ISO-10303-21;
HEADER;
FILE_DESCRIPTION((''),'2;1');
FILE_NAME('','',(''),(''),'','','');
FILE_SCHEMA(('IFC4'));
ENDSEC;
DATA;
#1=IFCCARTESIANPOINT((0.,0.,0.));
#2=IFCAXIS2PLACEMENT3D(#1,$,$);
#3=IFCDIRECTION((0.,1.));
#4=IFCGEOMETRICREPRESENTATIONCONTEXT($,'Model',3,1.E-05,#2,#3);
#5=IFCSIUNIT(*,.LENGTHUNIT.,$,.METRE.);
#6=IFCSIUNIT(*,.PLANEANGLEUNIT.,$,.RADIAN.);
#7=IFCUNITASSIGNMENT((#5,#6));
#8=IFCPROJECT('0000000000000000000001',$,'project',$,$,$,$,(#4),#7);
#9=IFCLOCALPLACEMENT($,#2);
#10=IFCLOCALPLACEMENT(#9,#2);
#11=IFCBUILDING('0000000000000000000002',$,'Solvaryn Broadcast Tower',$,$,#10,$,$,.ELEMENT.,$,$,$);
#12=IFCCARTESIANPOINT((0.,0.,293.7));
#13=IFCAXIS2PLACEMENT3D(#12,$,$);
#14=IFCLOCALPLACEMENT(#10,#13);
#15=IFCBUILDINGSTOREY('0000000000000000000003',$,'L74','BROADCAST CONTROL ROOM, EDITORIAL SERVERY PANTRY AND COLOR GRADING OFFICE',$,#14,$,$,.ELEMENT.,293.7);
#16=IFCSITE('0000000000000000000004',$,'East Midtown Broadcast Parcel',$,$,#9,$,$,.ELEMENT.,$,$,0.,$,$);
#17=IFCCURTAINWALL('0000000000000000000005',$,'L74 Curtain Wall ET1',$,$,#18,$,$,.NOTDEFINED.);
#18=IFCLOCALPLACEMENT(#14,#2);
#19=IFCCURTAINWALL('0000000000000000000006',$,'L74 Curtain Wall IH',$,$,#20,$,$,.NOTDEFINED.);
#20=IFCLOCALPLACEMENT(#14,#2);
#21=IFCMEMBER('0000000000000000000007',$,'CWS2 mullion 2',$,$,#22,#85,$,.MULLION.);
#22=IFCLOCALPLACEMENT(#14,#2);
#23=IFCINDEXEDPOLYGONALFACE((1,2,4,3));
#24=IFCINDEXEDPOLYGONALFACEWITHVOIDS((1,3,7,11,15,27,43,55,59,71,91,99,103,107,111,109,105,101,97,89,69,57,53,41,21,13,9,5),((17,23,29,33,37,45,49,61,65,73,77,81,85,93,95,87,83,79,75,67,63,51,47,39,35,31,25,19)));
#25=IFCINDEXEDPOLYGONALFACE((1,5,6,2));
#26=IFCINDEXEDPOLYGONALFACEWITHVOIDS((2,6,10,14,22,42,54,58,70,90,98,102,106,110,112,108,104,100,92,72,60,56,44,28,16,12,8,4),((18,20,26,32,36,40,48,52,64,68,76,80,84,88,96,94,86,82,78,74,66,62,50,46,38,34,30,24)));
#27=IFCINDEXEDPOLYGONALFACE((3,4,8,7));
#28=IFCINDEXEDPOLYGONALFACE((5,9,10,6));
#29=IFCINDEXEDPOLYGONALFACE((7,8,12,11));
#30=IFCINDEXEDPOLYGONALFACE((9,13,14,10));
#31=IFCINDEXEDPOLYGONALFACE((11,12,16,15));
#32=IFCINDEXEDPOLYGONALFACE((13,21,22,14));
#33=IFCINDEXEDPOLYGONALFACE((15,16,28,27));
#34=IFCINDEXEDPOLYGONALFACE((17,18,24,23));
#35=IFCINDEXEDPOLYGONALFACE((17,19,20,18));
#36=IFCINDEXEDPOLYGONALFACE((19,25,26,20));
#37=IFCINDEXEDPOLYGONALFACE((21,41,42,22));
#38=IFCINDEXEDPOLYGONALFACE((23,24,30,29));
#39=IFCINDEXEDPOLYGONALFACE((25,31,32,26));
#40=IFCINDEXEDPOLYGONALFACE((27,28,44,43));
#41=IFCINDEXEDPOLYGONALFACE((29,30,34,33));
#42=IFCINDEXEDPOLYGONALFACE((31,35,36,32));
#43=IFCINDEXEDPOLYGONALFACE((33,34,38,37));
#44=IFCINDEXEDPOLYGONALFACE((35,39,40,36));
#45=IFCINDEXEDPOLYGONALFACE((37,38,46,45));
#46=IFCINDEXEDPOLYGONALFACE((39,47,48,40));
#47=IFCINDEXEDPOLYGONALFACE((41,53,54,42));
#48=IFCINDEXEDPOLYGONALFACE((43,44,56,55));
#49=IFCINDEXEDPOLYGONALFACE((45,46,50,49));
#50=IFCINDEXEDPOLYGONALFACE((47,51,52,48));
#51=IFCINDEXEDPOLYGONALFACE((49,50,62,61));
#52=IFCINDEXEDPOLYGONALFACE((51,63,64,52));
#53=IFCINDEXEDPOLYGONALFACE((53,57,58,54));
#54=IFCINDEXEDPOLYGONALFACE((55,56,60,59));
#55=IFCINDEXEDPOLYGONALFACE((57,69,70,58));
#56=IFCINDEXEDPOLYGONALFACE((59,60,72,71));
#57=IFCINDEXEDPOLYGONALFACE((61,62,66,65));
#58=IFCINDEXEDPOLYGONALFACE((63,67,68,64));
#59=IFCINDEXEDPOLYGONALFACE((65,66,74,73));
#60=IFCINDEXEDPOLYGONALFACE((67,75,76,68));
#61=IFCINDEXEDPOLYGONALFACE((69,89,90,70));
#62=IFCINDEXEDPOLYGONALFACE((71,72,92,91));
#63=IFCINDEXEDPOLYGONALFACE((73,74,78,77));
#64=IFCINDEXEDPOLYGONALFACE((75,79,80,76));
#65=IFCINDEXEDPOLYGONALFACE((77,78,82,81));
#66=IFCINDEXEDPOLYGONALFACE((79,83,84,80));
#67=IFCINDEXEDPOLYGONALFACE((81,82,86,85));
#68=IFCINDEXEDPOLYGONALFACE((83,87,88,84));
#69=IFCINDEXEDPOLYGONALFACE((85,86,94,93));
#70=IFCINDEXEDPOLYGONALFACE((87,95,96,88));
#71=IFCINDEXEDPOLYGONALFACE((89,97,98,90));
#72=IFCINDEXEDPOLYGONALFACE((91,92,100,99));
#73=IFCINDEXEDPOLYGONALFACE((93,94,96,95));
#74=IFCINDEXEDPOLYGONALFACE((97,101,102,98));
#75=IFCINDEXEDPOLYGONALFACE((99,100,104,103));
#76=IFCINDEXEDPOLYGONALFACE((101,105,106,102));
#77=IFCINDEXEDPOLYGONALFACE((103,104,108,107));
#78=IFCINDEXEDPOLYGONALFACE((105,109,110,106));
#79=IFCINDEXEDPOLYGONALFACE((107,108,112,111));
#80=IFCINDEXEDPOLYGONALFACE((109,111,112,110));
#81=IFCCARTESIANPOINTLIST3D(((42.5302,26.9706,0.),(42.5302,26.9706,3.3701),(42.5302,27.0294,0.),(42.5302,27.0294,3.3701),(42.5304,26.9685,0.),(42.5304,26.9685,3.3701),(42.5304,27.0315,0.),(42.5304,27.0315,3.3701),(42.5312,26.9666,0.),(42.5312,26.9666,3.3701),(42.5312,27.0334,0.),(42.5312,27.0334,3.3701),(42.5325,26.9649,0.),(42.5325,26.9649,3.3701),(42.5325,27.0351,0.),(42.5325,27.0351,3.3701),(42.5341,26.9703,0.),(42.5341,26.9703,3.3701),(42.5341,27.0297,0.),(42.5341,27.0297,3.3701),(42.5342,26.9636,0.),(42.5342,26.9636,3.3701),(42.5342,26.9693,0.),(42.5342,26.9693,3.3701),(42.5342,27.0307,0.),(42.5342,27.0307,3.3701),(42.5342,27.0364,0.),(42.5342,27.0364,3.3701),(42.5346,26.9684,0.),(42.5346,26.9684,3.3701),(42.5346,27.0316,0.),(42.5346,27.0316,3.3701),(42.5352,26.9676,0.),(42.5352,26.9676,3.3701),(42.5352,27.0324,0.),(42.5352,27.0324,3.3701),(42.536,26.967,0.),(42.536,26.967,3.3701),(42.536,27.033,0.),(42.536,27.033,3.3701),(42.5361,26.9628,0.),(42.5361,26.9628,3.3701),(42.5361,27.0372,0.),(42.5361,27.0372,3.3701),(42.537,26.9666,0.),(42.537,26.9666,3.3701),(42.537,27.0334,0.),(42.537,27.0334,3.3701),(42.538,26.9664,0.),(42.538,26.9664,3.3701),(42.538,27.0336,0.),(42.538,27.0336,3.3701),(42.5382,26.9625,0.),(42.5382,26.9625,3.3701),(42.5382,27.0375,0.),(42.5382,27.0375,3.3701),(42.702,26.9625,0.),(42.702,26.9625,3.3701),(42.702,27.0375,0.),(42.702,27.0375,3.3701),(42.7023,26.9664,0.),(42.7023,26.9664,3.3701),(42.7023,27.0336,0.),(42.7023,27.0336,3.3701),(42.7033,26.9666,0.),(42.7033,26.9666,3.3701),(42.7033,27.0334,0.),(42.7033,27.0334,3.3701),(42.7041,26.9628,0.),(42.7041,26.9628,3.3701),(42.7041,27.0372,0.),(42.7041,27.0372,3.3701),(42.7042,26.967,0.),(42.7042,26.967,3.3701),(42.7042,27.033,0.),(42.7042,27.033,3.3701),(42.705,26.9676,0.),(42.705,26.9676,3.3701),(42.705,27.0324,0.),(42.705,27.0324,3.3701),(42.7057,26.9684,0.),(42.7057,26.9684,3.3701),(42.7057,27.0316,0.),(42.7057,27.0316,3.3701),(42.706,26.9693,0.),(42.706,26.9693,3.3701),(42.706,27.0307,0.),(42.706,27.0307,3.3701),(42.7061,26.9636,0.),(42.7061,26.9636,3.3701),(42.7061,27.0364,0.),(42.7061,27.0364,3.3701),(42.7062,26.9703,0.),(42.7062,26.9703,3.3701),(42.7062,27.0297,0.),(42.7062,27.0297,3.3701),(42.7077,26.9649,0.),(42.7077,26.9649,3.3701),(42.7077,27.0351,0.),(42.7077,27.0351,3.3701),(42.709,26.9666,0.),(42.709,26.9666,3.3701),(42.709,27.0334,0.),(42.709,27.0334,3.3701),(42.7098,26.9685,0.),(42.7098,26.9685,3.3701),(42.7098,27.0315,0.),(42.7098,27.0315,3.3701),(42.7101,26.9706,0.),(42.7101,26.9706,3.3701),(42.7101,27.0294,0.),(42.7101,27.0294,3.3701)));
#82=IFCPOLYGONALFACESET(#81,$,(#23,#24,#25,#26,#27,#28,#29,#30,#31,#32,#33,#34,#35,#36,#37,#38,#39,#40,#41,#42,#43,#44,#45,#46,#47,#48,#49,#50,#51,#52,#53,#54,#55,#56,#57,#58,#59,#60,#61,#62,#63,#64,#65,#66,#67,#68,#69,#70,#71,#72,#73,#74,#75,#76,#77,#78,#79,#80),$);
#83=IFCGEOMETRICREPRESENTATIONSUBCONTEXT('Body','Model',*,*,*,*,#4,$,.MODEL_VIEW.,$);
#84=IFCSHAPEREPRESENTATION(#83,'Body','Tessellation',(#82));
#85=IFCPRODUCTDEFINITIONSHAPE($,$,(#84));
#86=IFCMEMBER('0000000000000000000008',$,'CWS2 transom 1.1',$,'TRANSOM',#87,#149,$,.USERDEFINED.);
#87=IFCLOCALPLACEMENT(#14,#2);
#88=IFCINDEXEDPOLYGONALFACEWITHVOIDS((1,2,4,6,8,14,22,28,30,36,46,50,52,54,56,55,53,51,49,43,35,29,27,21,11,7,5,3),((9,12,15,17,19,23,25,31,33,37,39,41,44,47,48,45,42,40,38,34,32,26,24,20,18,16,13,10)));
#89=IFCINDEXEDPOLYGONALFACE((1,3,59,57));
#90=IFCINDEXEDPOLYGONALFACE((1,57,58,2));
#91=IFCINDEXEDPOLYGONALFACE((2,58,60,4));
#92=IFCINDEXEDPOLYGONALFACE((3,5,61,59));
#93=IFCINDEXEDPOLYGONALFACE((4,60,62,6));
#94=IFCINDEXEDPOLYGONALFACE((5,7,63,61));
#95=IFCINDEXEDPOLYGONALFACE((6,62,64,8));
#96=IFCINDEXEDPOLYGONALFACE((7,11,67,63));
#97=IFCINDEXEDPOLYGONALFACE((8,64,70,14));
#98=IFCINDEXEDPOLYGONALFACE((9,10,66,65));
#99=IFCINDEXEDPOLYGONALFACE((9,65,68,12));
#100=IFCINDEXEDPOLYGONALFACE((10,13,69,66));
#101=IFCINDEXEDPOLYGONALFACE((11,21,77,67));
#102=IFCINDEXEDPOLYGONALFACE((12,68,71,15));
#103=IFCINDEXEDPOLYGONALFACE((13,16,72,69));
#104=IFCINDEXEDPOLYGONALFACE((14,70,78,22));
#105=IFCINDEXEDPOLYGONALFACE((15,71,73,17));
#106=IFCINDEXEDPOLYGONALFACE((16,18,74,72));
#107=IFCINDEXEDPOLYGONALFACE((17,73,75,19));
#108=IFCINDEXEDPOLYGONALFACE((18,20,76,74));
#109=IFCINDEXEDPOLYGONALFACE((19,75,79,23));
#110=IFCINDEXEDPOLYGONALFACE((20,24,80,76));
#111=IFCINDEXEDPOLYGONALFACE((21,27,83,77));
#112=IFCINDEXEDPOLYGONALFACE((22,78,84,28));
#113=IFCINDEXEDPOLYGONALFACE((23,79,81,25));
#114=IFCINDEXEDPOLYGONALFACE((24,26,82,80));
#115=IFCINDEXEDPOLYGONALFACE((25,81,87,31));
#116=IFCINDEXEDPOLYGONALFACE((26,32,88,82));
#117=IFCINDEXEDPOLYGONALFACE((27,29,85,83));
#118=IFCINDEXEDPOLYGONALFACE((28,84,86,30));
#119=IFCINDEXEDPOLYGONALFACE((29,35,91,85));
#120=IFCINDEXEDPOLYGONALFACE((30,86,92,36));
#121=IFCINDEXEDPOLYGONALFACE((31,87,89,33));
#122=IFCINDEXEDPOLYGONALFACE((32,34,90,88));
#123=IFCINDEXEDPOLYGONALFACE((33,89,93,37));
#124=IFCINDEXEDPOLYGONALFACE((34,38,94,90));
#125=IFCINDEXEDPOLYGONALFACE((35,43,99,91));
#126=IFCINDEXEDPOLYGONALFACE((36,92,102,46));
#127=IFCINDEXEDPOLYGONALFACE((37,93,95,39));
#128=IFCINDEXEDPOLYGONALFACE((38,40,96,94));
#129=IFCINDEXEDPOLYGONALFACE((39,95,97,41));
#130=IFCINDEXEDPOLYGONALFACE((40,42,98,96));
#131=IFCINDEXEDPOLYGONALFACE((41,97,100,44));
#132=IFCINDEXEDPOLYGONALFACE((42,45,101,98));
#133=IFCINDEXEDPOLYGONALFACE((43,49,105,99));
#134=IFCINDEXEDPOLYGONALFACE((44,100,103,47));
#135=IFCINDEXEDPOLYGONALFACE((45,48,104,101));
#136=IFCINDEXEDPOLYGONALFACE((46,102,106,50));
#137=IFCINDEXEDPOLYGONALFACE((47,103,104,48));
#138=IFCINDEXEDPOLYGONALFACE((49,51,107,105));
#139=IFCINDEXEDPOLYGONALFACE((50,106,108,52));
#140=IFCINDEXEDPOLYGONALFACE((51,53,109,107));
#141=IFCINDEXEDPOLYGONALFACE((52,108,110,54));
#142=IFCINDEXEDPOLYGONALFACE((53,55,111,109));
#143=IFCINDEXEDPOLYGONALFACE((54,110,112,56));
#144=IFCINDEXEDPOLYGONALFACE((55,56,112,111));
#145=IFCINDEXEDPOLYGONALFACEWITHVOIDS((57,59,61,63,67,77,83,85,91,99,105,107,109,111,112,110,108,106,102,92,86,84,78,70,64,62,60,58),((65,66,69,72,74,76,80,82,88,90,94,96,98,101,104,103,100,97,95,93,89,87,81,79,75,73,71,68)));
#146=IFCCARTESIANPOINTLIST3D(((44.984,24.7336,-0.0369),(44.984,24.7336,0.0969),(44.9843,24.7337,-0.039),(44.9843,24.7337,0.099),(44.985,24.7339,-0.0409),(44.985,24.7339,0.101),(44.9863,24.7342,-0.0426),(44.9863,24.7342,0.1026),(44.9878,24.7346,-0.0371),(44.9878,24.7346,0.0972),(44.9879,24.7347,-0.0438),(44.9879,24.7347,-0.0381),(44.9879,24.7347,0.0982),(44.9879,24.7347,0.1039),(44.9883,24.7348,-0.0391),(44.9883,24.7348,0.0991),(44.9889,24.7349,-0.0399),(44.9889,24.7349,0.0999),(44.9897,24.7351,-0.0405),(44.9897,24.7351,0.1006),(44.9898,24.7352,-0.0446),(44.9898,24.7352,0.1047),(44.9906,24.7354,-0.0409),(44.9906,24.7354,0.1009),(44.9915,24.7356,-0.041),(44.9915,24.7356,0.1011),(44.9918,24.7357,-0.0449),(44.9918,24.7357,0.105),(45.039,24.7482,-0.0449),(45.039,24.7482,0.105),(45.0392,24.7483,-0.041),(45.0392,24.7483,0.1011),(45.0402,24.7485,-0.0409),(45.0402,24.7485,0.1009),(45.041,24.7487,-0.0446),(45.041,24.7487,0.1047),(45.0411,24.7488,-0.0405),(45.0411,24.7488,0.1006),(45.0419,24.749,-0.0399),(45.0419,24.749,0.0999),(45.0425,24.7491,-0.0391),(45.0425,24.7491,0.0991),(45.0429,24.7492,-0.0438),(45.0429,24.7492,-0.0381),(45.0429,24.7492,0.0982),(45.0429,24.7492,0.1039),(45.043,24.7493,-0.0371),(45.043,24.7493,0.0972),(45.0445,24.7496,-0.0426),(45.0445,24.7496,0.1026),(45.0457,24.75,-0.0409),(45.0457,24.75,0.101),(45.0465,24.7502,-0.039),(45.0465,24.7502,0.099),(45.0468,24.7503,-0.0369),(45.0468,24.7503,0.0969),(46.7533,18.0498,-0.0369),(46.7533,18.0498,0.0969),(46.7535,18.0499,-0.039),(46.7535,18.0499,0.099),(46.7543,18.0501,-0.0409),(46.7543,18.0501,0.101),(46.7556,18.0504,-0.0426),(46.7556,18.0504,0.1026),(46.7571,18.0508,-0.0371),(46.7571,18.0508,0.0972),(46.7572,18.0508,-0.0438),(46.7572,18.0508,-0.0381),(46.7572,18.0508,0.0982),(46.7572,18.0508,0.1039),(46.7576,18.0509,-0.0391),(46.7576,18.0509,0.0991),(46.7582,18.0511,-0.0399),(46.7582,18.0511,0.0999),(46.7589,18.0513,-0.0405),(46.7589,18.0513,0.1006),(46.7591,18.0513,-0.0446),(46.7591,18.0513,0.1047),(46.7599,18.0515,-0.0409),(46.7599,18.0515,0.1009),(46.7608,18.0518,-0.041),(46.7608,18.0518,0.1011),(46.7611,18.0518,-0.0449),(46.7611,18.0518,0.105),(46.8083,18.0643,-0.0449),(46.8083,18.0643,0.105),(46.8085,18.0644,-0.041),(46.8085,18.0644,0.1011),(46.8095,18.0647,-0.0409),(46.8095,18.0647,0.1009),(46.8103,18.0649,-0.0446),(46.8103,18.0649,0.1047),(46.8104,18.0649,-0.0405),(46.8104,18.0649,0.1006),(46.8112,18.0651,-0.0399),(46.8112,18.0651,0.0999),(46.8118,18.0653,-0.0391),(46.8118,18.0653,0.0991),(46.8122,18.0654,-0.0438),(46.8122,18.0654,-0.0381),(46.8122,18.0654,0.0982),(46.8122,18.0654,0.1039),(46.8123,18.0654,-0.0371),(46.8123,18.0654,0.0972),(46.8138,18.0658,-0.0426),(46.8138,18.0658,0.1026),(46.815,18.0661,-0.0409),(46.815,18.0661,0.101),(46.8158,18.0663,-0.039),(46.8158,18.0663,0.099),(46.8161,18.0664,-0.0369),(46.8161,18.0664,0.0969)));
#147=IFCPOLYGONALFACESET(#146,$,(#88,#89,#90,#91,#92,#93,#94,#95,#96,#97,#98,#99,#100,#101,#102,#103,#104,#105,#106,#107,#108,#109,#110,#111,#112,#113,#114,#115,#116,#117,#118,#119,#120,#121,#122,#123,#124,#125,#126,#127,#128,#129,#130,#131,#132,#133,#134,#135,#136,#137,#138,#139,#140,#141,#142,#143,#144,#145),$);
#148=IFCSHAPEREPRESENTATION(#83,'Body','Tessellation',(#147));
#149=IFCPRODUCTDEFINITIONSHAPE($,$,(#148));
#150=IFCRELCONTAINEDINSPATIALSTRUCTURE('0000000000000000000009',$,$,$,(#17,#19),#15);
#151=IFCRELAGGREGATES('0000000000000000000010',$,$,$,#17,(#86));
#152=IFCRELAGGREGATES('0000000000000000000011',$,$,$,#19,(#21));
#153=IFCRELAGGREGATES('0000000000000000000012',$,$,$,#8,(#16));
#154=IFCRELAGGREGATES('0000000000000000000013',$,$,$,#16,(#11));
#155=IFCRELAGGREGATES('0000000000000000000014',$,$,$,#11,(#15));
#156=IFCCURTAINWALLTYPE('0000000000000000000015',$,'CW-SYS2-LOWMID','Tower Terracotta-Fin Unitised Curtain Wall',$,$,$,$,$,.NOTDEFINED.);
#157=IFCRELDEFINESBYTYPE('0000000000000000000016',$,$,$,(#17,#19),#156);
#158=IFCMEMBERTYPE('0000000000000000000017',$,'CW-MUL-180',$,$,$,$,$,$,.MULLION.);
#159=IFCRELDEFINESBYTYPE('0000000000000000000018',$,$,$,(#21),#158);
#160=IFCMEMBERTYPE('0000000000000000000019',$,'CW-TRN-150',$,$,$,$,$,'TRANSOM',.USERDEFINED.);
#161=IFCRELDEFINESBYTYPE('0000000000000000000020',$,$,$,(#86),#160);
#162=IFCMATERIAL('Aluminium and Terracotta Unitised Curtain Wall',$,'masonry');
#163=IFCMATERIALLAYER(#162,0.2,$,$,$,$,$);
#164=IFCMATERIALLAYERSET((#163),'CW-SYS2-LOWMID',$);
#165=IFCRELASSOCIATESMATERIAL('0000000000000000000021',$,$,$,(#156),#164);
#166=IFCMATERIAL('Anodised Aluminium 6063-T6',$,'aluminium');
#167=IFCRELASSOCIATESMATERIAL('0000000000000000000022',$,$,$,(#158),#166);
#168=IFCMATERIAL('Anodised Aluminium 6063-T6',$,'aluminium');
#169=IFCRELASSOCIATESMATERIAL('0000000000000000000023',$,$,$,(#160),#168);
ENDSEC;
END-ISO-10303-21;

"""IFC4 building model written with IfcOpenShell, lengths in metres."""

from ifc_helpers import new_model, si_unit, direction, frame, origin, origin_2d, place, context, subcontext, project, spatial, hollow_rectangle, extrude, material, layer, layer_set, material_profile, profile_set, type_object, element, aggregate, save


model = new_model("IFC4")

# Units and contexts
model_context = context("Model", 3, precision=1e-05, world=origin(), true_north=direction((0.0, 1.0)))
body_context = subcontext(model_context, "Body", "Model", "MODEL_VIEW")
ifc_project = project(units=[si_unit("LENGTHUNIT", "METRE"), si_unit("PLANEANGLEUNIT", "RADIAN")], contexts=[model_context])

# Site, building, storey
site_placement = place(None, origin())
site = spatial("IfcSite", under=ifc_project, at=site_placement, Name="East Midtown Broadcast Parcel", CompositionType="ELEMENT", RefElevation=0.0)
building_placement = place(site_placement, origin())
building = spatial("IfcBuilding", under=site, at=building_placement, Name="Solvaryn Broadcast Tower", CompositionType="ELEMENT")
storey_placement = place(building_placement, frame((0.0, 0.0, 293.7)))
storey = spatial("IfcBuildingStorey", under=building, at=storey_placement, Name="L74", Description="BROADCAST CONTROL ROOM, EDITORIAL SERVERY PANTRY AND COLOR GRADING OFFICE", CompositionType="ELEMENT", Elevation=293.7)

# Curtain wall
ifc_material_1 = material(Name="Aluminium and Terracotta Unitised Curtain Wall", Category="masonry")
ifc_layer_1 = layer(ifc_material_1, 0.2)
ifc_layer_set_1 = layer_set([ifc_layer_1], Name="CW-SYS2-LOWMID")
curtain_wall_type = type_object("IfcCurtainWallType", Name="CW-SYS2-LOWMID", Description="Tower Terracotta-Fin Unitised Curtain Wall", PredefinedType="NOTDEFINED", material=ifc_layer_set_1)
curtain_wall_1_placement = place(storey_placement, origin())
curtain_wall_1 = element("IfcCurtainWall", 1, at=curtain_wall_1_placement, inside=storey, type_object=curtain_wall_type, Name="L74 Curtain Wall ET1", PredefinedType="NOTDEFINED")
ifc_material_2 = material(Name="Anodised Aluminium 6063-T6", Category="aluminium")
ifc_material_profile_1 = material_profile(ifc_material_2, hollow_rectangle(XDim=0.075, YDim=0.1799, WallThickness=0.0039, InnerFilletRadius=0.0039, OuterFilletRadius=0.0081, at=origin_2d()))
ifc_profile_set_1 = profile_set([ifc_material_profile_1], Name="Anodised Aluminium 6063-T6")
member_type_1 = type_object("IfcMemberType", Name="CW-MUL-180", PredefinedType="MULLION", material=ifc_profile_set_1)

# Curtain wall, member
curtain_wall_2_placement = place(storey_placement, origin())
curtain_wall_2 = element("IfcCurtainWall", 2, at=curtain_wall_2_placement, inside=storey, type_object=curtain_wall_type, Name="L74 Curtain Wall IH", PredefinedType="NOTDEFINED")
member_1_placement = place(storey_placement, frame((42.6201, 27.0, 0.0), z_axis=(0.0, 0.0, 1.0), x_axis=(0.0, 1.0, 0.0)))
member_1 = element("IfcMember", 3, at=member_1_placement, type_object=member_type_1, Name="CWS2 mullion 2", PredefinedType="MULLION", context=body_context, shape_type="SweptSolid", body=[
    extrude(hollow_rectangle(XDim=0.075, YDim=0.1799, WallThickness=0.0039, InnerFilletRadius=0.0039, OuterFilletRadius=0.0081, at=origin_2d()), origin(), (0.0, 0.0, 1.0), 3.3701),
])

# Member
ifc_material_3 = material(Name="Anodised Aluminium 6063-T6", Category="aluminium")
ifc_material_profile_2 = material_profile(ifc_material_3, hollow_rectangle(XDim=0.0649, YDim=0.1499, WallThickness=0.0039, InnerFilletRadius=0.0039, OuterFilletRadius=0.0081, at=origin_2d()))
ifc_profile_set_2 = profile_set([ifc_material_profile_2], Name="Anodised Aluminium 6063-T6")
member_type_2 = type_object("IfcMemberType", Name="CW-TRN-150", ElementType="TRANSOM", PredefinedType="USERDEFINED", material=ifc_profile_set_2)
member_2_placement = place(storey_placement, frame((45.0154, 24.7419, 0.03), z_axis=(0.255897, -0.966704, 0.0), x_axis=(0.966704, 0.255897, 0.0)))
member_2 = element("IfcMember", 4, at=member_2_placement, type_object=member_type_2, Name="CWS2 transom 1.1", ObjectType="TRANSOM", PredefinedType="USERDEFINED", context=body_context, shape_type="SweptSolid", body=[
    extrude(hollow_rectangle(XDim=0.0649, YDim=0.1499, WallThickness=0.0039, InnerFilletRadius=0.0039, OuterFilletRadius=0.0081, at=origin_2d()), origin(), (0.0, 0.0, 1.0), 6.9141),
])
aggregate(curtain_wall_1, [member_2])

aggregate(curtain_wall_2, [member_1])

save(model, "model.ifc")
